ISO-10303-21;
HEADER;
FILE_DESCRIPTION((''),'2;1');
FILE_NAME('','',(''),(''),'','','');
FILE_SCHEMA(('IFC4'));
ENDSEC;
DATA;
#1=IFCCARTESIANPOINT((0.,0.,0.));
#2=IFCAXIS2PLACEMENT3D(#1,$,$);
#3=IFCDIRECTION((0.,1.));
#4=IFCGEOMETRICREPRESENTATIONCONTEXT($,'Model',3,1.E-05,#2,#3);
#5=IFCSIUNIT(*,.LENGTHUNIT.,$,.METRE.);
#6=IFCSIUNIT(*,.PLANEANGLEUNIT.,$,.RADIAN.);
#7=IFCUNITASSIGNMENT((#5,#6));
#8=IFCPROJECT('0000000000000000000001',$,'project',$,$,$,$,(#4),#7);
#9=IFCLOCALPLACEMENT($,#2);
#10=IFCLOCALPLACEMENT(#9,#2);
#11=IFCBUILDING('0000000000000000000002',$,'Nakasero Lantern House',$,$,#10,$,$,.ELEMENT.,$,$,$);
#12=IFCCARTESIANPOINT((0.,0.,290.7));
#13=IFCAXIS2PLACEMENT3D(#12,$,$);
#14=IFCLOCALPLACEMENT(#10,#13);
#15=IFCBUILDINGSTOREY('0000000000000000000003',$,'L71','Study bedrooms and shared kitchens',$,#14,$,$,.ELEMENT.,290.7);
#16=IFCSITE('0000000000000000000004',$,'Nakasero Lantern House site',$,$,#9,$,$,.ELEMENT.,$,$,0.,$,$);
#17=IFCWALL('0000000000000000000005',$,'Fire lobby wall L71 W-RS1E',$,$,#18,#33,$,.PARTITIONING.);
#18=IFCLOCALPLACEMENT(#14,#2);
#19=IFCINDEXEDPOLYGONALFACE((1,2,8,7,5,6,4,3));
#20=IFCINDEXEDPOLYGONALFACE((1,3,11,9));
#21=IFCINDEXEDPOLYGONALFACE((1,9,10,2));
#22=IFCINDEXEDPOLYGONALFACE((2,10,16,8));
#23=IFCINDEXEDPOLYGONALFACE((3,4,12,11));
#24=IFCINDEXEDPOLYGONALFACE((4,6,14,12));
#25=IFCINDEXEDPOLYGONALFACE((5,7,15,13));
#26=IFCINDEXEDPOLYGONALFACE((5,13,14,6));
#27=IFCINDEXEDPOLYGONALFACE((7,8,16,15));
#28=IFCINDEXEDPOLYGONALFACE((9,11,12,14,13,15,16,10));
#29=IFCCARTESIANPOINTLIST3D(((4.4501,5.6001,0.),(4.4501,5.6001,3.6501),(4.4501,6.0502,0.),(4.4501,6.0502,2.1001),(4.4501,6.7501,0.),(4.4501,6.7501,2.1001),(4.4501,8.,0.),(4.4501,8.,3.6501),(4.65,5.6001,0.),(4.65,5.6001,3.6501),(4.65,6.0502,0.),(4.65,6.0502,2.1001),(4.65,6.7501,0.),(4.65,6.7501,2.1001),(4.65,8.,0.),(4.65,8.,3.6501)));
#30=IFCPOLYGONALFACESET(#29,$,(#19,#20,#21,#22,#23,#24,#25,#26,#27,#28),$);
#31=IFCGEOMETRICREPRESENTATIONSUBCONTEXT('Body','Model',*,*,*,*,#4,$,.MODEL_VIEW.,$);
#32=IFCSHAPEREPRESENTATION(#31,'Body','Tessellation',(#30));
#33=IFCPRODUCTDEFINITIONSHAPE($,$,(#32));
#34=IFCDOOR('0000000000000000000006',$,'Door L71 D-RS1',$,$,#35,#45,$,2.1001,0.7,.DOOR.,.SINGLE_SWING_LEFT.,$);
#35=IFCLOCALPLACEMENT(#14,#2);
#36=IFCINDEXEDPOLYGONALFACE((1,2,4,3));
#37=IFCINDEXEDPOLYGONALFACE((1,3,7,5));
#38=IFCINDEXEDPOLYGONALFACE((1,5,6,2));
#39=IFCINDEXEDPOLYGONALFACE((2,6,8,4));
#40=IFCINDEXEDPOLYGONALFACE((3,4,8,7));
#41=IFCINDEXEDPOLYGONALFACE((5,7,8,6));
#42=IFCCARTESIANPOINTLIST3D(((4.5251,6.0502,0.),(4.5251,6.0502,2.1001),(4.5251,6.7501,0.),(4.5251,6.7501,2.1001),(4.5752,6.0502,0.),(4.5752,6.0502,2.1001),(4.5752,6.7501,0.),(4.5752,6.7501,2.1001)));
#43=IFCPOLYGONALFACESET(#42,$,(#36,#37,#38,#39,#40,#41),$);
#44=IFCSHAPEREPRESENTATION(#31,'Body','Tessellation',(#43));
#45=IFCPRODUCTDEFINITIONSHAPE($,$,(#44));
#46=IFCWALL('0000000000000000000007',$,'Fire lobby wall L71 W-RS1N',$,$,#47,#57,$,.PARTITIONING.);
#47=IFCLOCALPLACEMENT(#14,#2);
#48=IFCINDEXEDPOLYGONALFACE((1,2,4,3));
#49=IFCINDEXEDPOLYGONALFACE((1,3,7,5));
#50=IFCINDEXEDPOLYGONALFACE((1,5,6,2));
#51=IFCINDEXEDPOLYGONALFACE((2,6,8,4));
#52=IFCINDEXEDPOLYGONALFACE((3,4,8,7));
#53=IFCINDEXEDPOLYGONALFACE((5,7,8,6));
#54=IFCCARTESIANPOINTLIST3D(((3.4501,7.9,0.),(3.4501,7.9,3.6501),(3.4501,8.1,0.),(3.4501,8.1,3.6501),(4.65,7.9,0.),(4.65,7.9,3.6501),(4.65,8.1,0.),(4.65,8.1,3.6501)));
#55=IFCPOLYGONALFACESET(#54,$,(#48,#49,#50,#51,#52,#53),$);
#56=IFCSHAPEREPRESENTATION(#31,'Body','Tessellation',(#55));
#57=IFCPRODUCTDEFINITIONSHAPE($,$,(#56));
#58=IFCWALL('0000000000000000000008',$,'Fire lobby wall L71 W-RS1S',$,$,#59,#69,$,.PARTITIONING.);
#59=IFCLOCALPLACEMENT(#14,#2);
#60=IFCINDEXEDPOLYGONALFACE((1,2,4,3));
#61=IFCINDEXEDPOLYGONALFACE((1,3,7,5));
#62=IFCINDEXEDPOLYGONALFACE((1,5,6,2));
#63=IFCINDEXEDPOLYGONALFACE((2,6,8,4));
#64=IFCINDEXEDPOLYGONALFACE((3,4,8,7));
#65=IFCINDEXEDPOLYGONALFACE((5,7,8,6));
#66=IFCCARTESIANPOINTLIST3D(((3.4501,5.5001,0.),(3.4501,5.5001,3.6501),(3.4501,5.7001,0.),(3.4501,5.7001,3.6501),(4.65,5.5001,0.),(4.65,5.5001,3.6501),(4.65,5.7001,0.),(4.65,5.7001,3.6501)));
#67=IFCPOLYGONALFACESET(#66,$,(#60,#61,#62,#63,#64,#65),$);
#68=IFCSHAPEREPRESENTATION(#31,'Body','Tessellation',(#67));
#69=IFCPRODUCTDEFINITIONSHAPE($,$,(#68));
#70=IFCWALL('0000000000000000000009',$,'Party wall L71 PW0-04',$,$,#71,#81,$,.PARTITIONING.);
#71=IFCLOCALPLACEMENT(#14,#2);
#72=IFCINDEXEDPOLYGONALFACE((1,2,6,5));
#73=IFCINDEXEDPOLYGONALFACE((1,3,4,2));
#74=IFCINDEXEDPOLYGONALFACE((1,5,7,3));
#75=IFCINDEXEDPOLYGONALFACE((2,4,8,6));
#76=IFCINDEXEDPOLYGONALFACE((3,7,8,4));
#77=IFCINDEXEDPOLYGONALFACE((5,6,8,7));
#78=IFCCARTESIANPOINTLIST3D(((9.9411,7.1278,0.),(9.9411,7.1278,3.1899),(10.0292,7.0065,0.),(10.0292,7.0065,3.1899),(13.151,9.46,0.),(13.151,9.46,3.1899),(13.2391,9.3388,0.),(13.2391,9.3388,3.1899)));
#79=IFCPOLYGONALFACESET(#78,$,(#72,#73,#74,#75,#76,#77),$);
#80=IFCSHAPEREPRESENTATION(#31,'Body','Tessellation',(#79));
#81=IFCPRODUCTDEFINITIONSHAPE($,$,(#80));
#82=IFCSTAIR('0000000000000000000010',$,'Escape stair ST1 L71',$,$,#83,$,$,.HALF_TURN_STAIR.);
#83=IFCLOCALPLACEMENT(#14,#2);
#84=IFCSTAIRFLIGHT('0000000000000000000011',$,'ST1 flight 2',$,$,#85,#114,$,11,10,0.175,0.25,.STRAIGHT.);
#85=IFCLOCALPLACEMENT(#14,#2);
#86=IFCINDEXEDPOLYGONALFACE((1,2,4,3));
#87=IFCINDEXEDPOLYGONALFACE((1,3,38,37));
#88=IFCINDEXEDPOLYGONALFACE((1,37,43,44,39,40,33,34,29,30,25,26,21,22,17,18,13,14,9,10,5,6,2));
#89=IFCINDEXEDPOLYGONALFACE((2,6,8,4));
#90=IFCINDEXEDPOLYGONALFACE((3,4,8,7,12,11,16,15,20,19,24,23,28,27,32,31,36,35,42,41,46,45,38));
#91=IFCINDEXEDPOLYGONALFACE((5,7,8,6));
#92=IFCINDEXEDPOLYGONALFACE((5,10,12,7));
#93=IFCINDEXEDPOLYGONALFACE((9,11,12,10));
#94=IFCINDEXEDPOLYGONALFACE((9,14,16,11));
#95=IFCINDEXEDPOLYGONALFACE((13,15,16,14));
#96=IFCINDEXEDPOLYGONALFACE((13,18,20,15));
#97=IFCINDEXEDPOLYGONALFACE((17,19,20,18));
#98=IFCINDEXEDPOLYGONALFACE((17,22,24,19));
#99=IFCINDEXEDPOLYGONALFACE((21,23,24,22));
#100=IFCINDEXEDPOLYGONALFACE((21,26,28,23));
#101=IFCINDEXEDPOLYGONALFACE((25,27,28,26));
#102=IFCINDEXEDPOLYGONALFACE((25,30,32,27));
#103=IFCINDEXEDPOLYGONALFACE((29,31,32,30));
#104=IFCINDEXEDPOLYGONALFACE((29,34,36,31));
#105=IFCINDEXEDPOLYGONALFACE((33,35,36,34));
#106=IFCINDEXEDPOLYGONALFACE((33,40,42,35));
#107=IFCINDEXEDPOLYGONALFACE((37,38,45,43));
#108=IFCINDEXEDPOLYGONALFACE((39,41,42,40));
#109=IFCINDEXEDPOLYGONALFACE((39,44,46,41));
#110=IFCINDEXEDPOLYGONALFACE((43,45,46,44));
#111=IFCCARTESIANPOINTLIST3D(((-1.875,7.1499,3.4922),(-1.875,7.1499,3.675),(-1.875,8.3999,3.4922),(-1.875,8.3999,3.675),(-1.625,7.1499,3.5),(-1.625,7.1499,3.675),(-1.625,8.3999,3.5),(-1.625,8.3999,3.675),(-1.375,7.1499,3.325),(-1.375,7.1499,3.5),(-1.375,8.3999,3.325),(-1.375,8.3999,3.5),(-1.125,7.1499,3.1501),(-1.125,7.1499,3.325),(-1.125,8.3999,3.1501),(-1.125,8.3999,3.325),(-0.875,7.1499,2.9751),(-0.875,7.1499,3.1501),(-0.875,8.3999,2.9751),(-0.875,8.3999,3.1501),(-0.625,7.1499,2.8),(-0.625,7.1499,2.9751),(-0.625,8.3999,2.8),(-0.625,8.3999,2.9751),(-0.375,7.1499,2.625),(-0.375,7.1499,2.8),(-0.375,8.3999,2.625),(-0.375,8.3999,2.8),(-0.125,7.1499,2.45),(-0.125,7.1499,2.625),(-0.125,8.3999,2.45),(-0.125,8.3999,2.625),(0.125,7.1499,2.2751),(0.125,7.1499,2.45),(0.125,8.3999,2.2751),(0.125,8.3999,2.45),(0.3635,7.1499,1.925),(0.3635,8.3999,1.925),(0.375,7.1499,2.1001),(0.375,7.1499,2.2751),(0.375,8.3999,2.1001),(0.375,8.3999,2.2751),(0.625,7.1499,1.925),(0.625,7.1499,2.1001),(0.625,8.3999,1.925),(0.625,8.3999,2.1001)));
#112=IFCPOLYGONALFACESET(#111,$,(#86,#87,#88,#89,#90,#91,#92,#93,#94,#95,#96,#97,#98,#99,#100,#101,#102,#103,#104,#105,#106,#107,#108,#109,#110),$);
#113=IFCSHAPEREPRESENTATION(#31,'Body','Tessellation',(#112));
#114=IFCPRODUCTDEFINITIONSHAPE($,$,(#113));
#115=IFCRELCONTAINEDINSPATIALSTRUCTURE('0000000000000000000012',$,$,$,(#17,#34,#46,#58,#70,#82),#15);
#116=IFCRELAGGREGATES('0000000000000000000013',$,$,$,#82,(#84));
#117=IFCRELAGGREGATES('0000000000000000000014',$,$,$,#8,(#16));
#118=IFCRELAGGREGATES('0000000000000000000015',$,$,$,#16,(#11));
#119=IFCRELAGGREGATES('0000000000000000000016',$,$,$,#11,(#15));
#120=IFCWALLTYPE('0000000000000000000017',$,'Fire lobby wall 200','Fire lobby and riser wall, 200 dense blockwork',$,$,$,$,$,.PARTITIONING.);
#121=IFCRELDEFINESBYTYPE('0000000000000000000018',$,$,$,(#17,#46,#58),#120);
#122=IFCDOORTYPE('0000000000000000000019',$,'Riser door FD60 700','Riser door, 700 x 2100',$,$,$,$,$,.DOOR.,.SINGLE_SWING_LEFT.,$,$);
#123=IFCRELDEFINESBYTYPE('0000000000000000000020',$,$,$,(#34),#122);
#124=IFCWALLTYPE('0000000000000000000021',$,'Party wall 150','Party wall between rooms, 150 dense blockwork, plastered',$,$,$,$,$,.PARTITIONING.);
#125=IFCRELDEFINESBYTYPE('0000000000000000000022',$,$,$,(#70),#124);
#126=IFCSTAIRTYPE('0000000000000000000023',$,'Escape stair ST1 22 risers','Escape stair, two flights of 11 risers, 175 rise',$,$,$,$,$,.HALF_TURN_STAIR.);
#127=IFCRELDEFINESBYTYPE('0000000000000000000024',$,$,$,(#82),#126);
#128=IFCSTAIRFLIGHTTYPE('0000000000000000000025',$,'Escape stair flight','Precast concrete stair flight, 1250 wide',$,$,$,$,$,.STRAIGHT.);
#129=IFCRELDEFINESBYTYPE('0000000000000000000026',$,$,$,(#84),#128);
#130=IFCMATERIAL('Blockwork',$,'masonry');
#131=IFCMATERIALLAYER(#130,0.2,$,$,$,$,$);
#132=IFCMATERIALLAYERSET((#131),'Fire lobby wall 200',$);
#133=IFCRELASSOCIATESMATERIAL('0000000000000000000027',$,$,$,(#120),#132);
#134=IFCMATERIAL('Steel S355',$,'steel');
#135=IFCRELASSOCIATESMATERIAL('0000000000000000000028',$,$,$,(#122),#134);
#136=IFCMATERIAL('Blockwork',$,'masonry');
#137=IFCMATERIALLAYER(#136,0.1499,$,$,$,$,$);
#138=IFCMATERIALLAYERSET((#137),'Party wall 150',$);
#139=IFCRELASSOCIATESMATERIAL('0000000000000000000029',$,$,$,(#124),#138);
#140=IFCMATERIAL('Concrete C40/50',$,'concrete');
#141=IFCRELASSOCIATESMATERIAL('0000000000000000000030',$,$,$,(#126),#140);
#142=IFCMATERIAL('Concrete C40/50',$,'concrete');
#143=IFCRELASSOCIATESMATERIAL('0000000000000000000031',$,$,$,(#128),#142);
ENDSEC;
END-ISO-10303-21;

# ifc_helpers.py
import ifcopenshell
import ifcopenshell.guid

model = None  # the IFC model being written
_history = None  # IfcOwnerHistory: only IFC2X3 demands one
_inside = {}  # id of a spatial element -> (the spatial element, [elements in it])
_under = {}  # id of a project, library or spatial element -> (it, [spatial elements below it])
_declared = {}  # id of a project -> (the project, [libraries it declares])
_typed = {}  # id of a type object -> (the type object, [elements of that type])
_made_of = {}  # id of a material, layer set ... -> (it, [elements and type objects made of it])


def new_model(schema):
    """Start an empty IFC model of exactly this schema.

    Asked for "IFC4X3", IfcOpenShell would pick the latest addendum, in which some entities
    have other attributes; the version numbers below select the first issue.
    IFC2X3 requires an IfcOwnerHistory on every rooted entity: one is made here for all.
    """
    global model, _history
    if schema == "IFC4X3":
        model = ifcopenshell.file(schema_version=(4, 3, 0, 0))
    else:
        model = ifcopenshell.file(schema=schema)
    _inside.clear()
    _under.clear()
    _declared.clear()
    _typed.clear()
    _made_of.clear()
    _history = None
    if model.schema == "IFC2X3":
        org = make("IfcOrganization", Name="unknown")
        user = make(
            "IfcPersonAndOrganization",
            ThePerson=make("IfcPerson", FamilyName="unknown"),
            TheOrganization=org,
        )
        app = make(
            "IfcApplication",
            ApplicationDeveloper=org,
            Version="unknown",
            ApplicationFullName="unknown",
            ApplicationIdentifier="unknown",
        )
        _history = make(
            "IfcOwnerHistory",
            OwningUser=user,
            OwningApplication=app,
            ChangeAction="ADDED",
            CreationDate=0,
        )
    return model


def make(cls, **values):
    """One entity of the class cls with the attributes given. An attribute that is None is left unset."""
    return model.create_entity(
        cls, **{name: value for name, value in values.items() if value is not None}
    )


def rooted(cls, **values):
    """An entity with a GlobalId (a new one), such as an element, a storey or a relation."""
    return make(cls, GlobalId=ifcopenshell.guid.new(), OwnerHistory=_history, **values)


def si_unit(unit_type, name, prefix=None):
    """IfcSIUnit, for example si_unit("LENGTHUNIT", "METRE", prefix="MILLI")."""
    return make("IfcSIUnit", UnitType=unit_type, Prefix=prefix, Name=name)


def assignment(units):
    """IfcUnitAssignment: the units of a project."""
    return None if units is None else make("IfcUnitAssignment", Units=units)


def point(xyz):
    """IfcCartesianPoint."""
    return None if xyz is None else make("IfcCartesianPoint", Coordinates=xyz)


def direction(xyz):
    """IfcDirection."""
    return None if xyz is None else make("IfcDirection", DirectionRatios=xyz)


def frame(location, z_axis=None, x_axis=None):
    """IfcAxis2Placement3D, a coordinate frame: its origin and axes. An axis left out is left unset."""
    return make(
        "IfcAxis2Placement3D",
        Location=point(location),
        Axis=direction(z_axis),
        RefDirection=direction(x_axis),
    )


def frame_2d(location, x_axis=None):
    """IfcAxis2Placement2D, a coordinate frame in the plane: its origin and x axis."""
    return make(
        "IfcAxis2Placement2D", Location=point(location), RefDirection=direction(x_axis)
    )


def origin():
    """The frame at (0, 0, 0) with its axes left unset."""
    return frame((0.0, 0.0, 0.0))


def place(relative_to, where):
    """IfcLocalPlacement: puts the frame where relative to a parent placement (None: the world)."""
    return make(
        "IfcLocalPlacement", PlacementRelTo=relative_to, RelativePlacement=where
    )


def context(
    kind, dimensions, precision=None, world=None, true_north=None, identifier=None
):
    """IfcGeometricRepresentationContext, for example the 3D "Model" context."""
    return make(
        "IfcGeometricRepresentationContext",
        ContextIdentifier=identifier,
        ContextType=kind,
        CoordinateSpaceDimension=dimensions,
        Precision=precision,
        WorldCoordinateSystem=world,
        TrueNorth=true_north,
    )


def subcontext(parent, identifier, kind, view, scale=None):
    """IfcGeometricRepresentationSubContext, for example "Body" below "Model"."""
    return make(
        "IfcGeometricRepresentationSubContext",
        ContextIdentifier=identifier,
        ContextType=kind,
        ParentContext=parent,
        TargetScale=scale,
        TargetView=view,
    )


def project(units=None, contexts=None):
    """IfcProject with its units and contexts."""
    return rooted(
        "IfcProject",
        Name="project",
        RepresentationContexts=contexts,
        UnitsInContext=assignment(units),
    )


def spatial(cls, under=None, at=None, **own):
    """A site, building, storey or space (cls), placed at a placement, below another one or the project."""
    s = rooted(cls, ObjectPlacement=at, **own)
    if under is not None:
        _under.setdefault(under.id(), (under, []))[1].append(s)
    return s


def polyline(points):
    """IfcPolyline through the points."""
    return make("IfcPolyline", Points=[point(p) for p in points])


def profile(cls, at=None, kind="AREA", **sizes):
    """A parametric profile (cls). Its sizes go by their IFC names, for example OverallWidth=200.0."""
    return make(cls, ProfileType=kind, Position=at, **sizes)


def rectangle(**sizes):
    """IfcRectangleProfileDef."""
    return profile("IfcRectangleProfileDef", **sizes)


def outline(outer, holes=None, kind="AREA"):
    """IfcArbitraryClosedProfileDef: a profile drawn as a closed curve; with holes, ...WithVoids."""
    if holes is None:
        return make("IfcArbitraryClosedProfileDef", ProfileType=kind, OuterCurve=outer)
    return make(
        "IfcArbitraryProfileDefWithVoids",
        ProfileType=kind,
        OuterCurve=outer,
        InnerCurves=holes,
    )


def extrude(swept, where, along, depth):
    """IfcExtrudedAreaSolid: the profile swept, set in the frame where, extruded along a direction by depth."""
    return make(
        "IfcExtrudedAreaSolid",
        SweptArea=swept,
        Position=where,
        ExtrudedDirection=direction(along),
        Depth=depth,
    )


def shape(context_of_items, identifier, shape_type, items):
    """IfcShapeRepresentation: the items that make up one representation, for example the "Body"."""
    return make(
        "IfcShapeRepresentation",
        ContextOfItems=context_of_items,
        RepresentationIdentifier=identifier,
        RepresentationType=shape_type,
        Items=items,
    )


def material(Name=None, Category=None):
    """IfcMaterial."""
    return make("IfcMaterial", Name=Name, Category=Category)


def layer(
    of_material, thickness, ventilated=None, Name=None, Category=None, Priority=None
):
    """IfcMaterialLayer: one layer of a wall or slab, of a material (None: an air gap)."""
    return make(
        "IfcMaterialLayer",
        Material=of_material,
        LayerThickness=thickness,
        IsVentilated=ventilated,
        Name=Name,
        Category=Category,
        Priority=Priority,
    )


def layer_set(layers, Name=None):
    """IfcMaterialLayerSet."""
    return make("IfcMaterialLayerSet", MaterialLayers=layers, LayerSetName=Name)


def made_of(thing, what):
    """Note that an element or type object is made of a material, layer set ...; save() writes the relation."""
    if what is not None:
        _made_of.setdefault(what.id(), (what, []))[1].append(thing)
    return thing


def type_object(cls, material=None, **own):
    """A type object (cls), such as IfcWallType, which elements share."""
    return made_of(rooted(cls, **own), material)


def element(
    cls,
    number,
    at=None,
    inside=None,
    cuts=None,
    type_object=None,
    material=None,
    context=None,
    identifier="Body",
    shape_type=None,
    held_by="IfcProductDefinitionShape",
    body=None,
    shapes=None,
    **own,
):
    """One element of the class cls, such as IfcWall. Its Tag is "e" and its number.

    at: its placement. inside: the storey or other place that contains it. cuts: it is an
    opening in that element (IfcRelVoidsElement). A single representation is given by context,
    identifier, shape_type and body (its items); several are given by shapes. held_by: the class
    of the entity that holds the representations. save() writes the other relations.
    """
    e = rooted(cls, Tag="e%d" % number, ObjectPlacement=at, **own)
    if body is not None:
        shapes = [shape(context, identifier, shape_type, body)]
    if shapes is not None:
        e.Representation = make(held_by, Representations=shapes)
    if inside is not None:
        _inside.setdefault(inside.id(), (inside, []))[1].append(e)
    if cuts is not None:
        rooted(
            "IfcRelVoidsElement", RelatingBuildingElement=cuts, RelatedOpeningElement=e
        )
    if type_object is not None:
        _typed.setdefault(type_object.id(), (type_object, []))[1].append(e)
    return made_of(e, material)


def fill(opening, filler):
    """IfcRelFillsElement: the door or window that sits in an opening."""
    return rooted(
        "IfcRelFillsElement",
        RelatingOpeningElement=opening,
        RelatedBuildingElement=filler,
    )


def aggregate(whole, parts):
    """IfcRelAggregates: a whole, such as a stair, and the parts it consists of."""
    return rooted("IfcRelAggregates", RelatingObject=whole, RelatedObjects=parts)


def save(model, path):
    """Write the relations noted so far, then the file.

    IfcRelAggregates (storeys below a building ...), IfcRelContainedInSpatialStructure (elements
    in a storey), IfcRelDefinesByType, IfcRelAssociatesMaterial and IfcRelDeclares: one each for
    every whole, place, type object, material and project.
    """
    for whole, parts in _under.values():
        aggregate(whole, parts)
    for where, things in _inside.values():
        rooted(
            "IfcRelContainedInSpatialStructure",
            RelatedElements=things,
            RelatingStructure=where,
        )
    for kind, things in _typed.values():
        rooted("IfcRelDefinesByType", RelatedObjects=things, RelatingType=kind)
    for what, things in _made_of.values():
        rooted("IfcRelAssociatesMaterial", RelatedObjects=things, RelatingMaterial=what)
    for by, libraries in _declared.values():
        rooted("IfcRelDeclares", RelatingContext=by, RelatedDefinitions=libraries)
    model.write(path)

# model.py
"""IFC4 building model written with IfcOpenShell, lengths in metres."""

from ifc_helpers import new_model, si_unit, direction, frame, frame_2d, origin, place, context, subcontext, project, spatial, polyline, rectangle, outline, extrude, material, layer, layer_set, type_object, element, fill, aggregate, save


model = new_model("IFC4")

# Units and contexts
model_context = context("Model", 3, precision=1e-05, world=origin(), true_north=direction((0.0, 1.0)))
body_context = subcontext(model_context, "Body", "Model", "MODEL_VIEW")
ifc_project = project(units=[si_unit("LENGTHUNIT", "METRE"), si_unit("PLANEANGLEUNIT", "RADIAN")], contexts=[model_context])

# Site, building, storey
site_placement = place(None, origin())
site = spatial("IfcSite", under=ifc_project, at=site_placement, Name="Nakasero Lantern House site", CompositionType="ELEMENT", RefElevation=0.0)
building_placement = place(site_placement, origin())
building = spatial("IfcBuilding", under=site, at=building_placement, Name="Nakasero Lantern House", CompositionType="ELEMENT")
storey_placement = place(building_placement, frame((0.0, 0.0, 290.7)))
storey = spatial("IfcBuildingStorey", under=building, at=storey_placement, Name="L71", Description="Study bedrooms and shared kitchens", CompositionType="ELEMENT", Elevation=290.7)

# Wall, opening, door
ifc_material_1 = material(Name="Blockwork", Category="masonry")
ifc_layer_1 = layer(ifc_material_1, 0.2)
ifc_layer_set_1 = layer_set([ifc_layer_1], Name="Fire lobby wall 200")
wall_type_1 = type_object("IfcWallType", Name="Fire lobby wall 200", Description="Fire lobby and riser wall, 200 dense blockwork", PredefinedType="PARTITIONING", material=ifc_layer_set_1)
wall_1_placement = place(storey_placement, frame((4.55, 5.6001, 0.0), z_axis=(0.0, 0.0, 1.0), x_axis=(0.0, 1.0, 0.0)))
wall_1 = element("IfcWall", 1, at=wall_1_placement, inside=storey, type_object=wall_type_1, Name="Fire lobby wall L71 W-RS1E", PredefinedType="PARTITIONING", context=body_context, shape_type="SweptSolid", body=[
    extrude(rectangle(XDim=2.3999, YDim=0.2, at=frame_2d((1.2, 0.0))), origin(), (0.0, 0.0, 1.0), 3.6501),
])
opening_1_placement = place(wall_1_placement, frame((0.45, 0.0, 0.0)))
opening_1 = element("IfcOpeningElement", 2, at=opening_1_placement, cuts=wall_1, PredefinedType="OPENING", context=body_context, shape_type="SweptSolid", body=[
    extrude(rectangle(XDim=0.7, YDim=2.1001, at=frame_2d((0.3501, 1.05))), frame((0.0, 0.1199, 0.0), z_axis=(0.0, -1.0, 0.0), x_axis=(1.0, 0.0, 0.0)), (0.0, 0.0, 1.0), 0.24),
])
ifc_material_2 = material(Name="Steel S355", Category="steel")
door_type_1 = type_object("IfcDoorType", Name="Riser door FD60 700", Description="Riser door, 700 x 2100", OperationType="SINGLE_SWING_LEFT", PredefinedType="DOOR", material=ifc_material_2)
door_1_placement = place(opening_1_placement, origin())
door_1 = element("IfcDoor", 3, at=door_1_placement, inside=storey, type_object=door_type_1, Name="Door L71 D-RS1", OperationType="SINGLE_SWING_LEFT", OverallHeight=2.1001, OverallWidth=0.7, PredefinedType="DOOR", context=body_context, shape_type="SweptSolid", body=[
    extrude(rectangle(XDim=0.7, YDim=2.1001, at=frame_2d((0.3501, 1.05))), frame((0.0, 0.0249, 0.0), z_axis=(0.0, -1.0, 0.0), x_axis=(1.0, 0.0, 0.0)), (0.0, 0.0, 1.0), 0.05),
])
fill(opening_1, door_1)

# Walls
for number, where, z_axis, x_axis, name in (
    (4, (3.45, 8.0, 0.0), (0.0, 0.0, 1.0), (1.0, 0.0, 0.0), "Fire lobby wall L71 W-RS1N"),
    (5, (3.45, 5.6001, 0.0), (0.0, 0.0, 1.0), (1.0, 0.0, 0.0), "Fire lobby wall L71 W-RS1S"),
):
    element("IfcWall", number, at=place(storey_placement, frame(where, z_axis=z_axis, x_axis=x_axis)), inside=storey, type_object=wall_type_1, Name=name, PredefinedType="PARTITIONING", context=body_context, shape_type="SweptSolid", body=[
        extrude(rectangle(XDim=1.2, YDim=0.2, at=frame_2d((0.6001, 0.0))), origin(), (0.0, 0.0, 1.0), 3.6501),
    ])
ifc_material_3 = material(Name="Blockwork", Category="masonry")
ifc_layer_2 = layer(ifc_material_3, 0.1499)
ifc_layer_set_2 = layer_set([ifc_layer_2], Name="Party wall 150")
wall_type_2 = type_object("IfcWallType", Name="Party wall 150", Description="Party wall between rooms, 150 dense blockwork, plastered", PredefinedType="PARTITIONING", material=ifc_layer_set_2)
wall_2_placement = place(storey_placement, frame((9.9851, 7.0671, 0.0), z_axis=(0.0, 0.0, 1.0), x_axis=(0.809005, 0.587802, 0.0)))
element("IfcWall", 6, at=wall_2_placement, inside=storey, type_object=wall_type_2, Name="Party wall L71 PW0-04", PredefinedType="PARTITIONING", context=body_context, shape_type="SweptSolid", body=[
    extrude(rectangle(XDim=3.9678, YDim=0.1499, at=frame_2d((1.9839, 0.0))), origin(), (0.0, 0.0, 1.0), 3.1899),
])

# Stair, stair flight
ifc_material_4 = material(Name="Concrete C40/50", Category="concrete")
stair_type_1 = type_object("IfcStairType", Name="Escape stair ST1 22 risers", Description="Escape stair, two flights of 11 risers, 175 rise", PredefinedType="HALF_TURN_STAIR", material=ifc_material_4)
stair_1_placement = place(storey_placement, origin())
stair_1 = element("IfcStair", 7, at=stair_1_placement, inside=storey, type_object=stair_type_1, Name="Escape stair ST1 L71", PredefinedType="HALF_TURN_STAIR")
ifc_material_5 = material(Name="Concrete C40/50", Category="concrete")
stair_flight_type = type_object("IfcStairFlightType", Name="Escape stair flight", Description="Precast concrete stair flight, 1250 wide", PredefinedType="STRAIGHT", material=ifc_material_5)
stair_flight_placement = place(storey_placement, frame((0.625, 7.7749, 1.925), z_axis=(0.0, 0.0, 1.0), x_axis=(-1.0, 0.0, 0.0)))
stair_flight = element("IfcStairFlight", 8, at=stair_flight_placement, type_object=stair_flight_type, Name="ST1 flight 2", NumberOfRisers=11, NumberOfTreads=10, PredefinedType="STRAIGHT", RiserHeight=0.175, TreadLength=0.25, context=body_context, shape_type="SweptSolid", body=[
    extrude(outline(polyline([(0.0, 0.0), (0.0, 0.175), (0.25, 0.175), (0.25, 0.3501), (0.5, 0.3501), (0.5, 0.5249), (0.75, 0.5249), (0.75, 0.7), (1.0, 0.7), (1.0, 0.875), (1.25, 0.875), (1.25, 1.05), (1.5, 1.05), (1.5, 1.2251), (1.75, 1.2251), (1.75, 1.3999), (2.0, 1.3999), (2.0, 1.575), (2.25, 1.575), (2.25, 1.75), (2.5, 1.75), (2.5, 1.925), (2.5, 1.5671), (0.2615, 0.0), (0.0, 0.0)])), frame((0.0, 0.625, 0.0), z_axis=(0.0, -1.0, 0.0), x_axis=(1.0, 0.0, 0.0)), (0.0, 0.0, 1.0), 1.25),
])
aggregate(stair_1, [stair_flight])

save(model, "model.ifc")
